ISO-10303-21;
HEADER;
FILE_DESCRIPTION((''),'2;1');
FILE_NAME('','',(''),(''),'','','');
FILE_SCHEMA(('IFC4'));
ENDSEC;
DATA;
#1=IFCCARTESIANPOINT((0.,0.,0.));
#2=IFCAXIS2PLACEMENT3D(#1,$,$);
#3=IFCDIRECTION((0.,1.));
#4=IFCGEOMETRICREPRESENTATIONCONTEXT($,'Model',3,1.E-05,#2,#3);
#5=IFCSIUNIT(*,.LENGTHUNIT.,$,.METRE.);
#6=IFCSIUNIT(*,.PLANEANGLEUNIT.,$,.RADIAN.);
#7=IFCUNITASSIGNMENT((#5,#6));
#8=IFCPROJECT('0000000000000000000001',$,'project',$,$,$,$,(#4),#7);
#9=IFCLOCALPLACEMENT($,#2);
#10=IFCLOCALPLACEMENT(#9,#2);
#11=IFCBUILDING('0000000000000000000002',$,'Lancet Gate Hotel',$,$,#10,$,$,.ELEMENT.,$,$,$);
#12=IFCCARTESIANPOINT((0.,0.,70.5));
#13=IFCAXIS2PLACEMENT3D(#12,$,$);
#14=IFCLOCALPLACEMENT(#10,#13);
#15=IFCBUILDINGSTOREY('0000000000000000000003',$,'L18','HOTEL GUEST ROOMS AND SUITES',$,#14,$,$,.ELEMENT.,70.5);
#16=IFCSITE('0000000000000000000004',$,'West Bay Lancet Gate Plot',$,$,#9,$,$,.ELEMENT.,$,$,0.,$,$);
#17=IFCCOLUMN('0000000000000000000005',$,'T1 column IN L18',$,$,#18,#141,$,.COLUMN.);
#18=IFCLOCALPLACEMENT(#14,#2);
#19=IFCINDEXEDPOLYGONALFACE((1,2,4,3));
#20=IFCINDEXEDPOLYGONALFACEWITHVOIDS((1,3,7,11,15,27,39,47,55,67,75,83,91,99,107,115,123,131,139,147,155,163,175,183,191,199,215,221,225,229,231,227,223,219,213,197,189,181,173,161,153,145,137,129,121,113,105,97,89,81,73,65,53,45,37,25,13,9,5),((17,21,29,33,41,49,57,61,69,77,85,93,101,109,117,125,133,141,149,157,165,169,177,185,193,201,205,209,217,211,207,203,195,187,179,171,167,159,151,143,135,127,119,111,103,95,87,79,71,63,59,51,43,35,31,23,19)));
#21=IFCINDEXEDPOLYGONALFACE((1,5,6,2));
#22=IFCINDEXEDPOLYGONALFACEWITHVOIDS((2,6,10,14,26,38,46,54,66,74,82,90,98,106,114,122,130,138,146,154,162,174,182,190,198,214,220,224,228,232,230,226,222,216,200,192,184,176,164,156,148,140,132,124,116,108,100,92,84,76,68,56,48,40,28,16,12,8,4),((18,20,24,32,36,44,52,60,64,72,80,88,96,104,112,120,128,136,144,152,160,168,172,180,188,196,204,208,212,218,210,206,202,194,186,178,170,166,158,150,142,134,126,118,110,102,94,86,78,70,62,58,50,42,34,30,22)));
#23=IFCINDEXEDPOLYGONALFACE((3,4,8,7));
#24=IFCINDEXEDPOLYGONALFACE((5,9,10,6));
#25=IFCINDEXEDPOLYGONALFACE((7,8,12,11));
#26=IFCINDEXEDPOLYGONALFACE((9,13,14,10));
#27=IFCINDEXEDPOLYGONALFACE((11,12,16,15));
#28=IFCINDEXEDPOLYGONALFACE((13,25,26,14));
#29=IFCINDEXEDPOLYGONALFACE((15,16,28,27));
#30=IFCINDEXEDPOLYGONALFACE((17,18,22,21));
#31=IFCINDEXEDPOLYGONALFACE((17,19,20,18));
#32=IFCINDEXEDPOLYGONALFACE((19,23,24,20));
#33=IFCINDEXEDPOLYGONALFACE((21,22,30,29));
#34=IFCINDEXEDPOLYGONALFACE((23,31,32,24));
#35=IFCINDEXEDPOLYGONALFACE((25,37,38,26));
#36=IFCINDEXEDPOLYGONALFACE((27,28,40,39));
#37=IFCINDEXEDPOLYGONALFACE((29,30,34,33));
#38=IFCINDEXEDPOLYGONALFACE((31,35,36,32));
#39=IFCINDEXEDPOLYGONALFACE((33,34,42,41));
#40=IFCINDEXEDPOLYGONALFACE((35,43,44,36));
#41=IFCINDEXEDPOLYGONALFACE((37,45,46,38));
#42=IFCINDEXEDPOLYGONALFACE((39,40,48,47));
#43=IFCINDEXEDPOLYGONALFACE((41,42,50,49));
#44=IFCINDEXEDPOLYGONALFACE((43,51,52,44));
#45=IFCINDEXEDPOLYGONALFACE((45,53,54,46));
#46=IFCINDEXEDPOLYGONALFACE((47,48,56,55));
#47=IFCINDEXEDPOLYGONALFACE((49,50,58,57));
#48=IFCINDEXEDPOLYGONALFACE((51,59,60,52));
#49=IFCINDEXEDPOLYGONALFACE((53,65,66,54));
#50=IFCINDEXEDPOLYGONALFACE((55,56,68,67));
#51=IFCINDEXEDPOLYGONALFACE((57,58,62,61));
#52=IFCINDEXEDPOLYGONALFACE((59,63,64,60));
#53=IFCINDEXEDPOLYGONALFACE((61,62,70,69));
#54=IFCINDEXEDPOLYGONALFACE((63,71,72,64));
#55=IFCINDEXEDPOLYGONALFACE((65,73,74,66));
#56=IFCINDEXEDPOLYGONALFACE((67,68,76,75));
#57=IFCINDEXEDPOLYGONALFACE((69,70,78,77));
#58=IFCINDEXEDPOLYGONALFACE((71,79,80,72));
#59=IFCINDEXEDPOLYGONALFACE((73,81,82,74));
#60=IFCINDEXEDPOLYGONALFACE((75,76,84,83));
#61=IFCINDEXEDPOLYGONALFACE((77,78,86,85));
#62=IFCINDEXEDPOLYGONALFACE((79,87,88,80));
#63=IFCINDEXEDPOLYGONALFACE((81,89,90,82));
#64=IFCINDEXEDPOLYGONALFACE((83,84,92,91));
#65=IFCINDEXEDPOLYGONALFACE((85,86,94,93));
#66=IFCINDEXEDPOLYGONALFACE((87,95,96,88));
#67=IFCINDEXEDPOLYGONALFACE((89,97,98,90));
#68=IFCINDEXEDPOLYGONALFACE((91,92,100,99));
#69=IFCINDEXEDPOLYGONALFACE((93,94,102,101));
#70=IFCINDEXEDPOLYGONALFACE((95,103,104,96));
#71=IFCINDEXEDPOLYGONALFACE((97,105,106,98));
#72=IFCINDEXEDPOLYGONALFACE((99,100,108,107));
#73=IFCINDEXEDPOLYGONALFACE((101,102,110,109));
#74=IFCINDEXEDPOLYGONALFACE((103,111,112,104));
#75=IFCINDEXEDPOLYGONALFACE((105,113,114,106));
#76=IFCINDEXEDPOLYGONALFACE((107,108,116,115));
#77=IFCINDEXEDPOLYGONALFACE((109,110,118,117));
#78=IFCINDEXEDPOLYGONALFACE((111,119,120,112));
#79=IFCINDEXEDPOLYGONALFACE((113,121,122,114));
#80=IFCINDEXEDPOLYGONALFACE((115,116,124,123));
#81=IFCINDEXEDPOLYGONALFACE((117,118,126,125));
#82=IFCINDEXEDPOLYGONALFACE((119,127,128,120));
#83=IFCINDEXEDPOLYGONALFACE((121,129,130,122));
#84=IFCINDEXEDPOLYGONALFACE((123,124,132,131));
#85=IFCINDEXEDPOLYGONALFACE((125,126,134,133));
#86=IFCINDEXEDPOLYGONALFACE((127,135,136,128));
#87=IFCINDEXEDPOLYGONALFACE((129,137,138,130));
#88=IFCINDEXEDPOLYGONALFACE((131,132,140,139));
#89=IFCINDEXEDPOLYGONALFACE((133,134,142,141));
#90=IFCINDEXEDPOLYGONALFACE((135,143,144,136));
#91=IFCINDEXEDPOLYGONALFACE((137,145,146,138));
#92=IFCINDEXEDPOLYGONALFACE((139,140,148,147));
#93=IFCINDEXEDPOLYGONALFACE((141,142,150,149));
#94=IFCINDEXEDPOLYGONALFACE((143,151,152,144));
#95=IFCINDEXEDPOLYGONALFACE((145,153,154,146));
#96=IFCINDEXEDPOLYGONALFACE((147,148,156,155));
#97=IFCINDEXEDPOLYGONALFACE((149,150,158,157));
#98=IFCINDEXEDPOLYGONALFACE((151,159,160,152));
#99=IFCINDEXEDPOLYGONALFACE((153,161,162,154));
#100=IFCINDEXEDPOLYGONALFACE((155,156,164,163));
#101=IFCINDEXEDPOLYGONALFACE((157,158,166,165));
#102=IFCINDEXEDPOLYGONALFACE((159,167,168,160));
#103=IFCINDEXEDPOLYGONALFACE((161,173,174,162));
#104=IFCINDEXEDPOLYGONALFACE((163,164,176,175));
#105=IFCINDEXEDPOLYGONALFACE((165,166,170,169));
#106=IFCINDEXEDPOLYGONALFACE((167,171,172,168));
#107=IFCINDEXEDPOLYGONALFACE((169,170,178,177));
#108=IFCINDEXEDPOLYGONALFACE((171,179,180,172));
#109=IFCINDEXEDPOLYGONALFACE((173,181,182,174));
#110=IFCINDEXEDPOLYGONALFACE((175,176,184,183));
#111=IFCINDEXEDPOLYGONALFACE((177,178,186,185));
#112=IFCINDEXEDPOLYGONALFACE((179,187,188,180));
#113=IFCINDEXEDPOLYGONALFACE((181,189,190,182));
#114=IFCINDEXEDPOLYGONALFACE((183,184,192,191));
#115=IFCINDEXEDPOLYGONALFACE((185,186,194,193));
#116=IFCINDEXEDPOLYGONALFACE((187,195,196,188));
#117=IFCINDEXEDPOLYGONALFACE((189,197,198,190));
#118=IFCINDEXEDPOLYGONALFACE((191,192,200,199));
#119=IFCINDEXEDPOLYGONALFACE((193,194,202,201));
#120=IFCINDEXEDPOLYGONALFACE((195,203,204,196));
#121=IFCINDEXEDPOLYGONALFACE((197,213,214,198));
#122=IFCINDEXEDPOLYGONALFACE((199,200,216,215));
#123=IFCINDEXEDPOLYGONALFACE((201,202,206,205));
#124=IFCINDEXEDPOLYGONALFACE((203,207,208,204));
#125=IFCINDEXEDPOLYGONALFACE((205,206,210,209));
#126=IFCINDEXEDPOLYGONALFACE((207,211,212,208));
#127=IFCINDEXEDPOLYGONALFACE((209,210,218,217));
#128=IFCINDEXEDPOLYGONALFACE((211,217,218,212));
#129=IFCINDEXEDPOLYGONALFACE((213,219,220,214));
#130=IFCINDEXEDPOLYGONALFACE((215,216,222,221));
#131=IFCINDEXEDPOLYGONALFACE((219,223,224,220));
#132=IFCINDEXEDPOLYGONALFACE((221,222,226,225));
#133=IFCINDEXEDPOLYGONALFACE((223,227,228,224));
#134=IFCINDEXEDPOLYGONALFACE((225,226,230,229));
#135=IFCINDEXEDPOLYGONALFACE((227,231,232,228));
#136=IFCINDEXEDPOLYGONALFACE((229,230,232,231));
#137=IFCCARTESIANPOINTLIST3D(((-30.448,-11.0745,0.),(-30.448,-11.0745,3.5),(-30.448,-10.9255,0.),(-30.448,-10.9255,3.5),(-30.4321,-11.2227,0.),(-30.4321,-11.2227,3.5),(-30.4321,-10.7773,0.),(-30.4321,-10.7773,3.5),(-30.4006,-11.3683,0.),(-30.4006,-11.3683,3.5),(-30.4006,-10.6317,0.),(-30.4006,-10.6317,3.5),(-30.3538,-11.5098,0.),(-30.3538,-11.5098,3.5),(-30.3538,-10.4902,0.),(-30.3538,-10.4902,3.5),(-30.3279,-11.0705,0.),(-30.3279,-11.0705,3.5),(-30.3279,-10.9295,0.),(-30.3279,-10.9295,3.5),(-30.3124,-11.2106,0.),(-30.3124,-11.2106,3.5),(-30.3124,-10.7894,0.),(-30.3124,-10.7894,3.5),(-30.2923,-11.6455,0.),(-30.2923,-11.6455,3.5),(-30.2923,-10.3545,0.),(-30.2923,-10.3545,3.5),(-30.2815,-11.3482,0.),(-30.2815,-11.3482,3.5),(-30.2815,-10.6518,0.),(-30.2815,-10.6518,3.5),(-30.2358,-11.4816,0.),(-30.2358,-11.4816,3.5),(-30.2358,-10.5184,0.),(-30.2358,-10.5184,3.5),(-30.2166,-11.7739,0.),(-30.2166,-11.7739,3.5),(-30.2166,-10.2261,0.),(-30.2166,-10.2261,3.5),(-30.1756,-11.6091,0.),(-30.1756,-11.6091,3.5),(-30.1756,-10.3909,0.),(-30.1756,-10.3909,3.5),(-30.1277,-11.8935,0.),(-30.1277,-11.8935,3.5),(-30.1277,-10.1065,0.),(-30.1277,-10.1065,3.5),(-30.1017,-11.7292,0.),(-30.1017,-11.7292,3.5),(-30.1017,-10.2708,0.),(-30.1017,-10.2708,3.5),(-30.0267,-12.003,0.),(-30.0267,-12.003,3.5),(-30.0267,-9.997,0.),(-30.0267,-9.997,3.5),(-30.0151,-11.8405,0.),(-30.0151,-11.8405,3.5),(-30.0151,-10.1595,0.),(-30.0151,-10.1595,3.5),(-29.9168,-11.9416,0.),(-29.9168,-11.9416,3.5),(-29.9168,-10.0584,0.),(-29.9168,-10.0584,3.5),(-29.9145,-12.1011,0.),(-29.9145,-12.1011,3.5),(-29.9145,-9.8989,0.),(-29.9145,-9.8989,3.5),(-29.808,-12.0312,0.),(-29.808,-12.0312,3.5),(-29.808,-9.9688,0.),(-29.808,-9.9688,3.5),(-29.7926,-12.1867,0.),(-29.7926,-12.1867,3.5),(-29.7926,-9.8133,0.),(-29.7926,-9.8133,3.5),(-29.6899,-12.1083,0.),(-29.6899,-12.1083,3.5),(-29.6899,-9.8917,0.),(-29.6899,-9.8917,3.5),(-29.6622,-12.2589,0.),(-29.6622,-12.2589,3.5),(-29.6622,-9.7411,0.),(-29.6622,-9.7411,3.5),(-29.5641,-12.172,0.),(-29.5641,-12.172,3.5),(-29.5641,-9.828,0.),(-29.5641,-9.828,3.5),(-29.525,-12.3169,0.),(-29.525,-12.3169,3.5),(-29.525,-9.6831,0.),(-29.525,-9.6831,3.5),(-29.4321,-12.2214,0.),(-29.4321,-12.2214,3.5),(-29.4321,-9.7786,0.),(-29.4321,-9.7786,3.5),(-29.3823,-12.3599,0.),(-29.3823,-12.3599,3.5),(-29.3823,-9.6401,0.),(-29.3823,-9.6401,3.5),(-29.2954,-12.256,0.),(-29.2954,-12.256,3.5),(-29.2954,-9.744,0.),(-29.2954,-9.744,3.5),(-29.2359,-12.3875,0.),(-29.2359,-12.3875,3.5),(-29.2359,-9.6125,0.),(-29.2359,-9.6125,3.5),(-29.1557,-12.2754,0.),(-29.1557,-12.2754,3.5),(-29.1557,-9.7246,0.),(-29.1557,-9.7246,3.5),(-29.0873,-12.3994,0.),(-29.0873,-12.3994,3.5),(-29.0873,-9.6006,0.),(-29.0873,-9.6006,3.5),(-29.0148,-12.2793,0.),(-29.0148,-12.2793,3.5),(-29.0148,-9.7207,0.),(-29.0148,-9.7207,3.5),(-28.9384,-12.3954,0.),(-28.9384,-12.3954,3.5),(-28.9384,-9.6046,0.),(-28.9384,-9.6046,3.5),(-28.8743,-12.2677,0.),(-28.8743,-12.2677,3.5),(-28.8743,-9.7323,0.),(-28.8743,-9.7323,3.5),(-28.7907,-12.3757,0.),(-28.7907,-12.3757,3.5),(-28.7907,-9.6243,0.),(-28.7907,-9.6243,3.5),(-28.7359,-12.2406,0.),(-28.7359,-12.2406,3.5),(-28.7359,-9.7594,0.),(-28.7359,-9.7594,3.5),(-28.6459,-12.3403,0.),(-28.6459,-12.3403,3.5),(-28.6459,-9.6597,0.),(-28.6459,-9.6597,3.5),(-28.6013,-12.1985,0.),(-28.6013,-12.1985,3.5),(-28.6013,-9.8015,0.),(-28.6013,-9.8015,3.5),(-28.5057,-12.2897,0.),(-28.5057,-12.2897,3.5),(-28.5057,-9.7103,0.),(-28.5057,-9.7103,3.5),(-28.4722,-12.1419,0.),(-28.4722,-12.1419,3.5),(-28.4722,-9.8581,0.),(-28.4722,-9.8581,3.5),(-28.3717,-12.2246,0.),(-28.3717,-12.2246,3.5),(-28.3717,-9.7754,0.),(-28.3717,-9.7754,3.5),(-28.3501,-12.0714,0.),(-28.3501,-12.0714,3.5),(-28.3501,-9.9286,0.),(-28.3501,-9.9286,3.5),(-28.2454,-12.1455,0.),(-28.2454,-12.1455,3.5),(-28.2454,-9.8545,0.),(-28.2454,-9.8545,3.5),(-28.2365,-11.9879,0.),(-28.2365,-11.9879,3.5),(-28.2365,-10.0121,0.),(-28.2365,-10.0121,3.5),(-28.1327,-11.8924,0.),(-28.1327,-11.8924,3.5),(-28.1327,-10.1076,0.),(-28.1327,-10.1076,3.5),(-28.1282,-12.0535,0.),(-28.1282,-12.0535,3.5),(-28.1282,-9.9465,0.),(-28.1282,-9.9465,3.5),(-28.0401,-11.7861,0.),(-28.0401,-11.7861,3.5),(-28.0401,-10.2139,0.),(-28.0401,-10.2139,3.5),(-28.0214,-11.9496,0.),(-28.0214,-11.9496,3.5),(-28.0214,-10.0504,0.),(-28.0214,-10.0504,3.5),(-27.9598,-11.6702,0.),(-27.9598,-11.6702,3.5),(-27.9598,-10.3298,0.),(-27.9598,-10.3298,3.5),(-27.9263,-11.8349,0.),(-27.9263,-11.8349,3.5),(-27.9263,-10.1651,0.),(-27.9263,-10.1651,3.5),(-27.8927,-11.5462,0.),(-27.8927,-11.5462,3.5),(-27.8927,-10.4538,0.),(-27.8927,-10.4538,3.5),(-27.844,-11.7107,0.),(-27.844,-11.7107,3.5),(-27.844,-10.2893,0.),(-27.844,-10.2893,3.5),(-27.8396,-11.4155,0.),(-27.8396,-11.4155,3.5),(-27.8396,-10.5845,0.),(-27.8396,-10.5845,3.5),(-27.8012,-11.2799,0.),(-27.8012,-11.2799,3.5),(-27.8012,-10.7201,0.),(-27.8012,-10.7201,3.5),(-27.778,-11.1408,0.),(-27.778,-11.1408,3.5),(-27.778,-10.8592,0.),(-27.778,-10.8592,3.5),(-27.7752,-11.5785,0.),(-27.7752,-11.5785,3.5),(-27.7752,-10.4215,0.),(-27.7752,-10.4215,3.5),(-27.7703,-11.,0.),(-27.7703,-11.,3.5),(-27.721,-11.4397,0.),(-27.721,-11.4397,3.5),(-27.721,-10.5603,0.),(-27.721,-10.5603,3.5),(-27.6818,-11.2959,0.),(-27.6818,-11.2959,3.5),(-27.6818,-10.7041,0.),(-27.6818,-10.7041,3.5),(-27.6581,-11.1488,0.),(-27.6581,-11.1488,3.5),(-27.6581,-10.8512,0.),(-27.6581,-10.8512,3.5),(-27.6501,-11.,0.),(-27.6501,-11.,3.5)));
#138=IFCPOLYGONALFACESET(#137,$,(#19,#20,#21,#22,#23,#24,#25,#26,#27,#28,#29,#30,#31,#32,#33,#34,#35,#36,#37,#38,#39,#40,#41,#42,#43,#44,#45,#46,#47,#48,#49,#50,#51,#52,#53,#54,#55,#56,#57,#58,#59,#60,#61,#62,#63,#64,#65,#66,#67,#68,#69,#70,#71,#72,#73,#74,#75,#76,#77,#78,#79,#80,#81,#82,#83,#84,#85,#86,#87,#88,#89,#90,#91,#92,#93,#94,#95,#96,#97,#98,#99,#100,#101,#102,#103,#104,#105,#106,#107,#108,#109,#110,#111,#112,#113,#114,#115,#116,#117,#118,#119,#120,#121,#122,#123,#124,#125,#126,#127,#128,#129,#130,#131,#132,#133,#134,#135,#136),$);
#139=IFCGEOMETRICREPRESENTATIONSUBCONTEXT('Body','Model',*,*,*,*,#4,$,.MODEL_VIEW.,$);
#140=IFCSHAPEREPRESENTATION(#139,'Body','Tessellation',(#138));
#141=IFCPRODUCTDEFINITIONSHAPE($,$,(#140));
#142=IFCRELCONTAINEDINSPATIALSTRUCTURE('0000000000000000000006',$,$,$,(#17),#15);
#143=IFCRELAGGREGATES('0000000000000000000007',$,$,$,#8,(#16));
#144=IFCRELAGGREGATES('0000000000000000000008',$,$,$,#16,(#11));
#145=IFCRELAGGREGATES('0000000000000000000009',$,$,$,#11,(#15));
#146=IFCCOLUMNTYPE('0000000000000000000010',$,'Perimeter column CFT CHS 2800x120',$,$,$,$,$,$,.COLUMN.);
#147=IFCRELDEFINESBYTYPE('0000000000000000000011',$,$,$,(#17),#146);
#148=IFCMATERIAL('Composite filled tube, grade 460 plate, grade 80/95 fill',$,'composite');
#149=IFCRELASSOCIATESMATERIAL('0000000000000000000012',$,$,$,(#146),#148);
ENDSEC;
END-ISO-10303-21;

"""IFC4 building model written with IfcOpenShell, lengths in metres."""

from ifc_helpers import new_model, si_unit, direction, frame, origin, origin_2d, place, context, subcontext, project, spatial, hollow_circle, extrude, material, material_profile, profile_set, type_object, element, save


model = new_model("IFC4")

# Units and contexts
model_context = context("Model", 3, precision=1e-05, world=origin(), true_north=direction((0.0, 1.0)))
body_context = subcontext(model_context, "Body", "Model", "MODEL_VIEW")
ifc_project = project(units=[si_unit("LENGTHUNIT", "METRE"), si_unit("PLANEANGLEUNIT", "RADIAN")], contexts=[model_context])

# Site, building, storey
site_placement = place(None, origin())
site = spatial("IfcSite", under=ifc_project, at=site_placement, Name="West Bay Lancet Gate Plot", CompositionType="ELEMENT", RefElevation=0.0)
building_placement = place(site_placement, origin())
building = spatial("IfcBuilding", under=site, at=building_placement, Name="Lancet Gate Hotel", CompositionType="ELEMENT")
storey_placement = place(building_placement, frame((0.0, 0.0, 70.5)))
storey = spatial("IfcBuildingStorey", under=building, at=storey_placement, Name="L18", Description="HOTEL GUEST ROOMS AND SUITES", CompositionType="ELEMENT", Elevation=70.5)

# Column
ifc_material_1 = material(Name="Composite filled tube, grade 460 plate, grade 80/95 fill", Category="composite")
ifc_material_profile_1 = material_profile(ifc_material_1, hollow_circle(Radius=1.3999, WallThickness=0.1201, at=origin_2d()), Name="CHS 2800x120")
ifc_profile_set_1 = profile_set([ifc_material_profile_1], Name="Composite filled tube, grade 460 plate, grade 80/95 fill")
column_type = type_object("IfcColumnType", Name="Perimeter column CFT CHS 2800x120", PredefinedType="COLUMN", material=ifc_profile_set_1)
for number, where, z_axis, x_axis, name in (
    (1, (-29.05, -11.0, 0.0), (0.0, 0.0, 1.0), (1.0, 0.0, 0.0), "T1 column IN L18"),
):
    element("IfcColumn", number, at=place(storey_placement, frame(where, z_axis=z_axis, x_axis=x_axis)), inside=storey, type_object=column_type, Name=name, PredefinedType="COLUMN", context=body_context, shape_type="SweptSolid", body=[
        extrude(hollow_circle(Radius=1.3999, WallThickness=0.1201, at=origin_2d()), origin(), (0.0, 0.0, 1.0), 3.5),
    ])

save(model, "model.ifc")
